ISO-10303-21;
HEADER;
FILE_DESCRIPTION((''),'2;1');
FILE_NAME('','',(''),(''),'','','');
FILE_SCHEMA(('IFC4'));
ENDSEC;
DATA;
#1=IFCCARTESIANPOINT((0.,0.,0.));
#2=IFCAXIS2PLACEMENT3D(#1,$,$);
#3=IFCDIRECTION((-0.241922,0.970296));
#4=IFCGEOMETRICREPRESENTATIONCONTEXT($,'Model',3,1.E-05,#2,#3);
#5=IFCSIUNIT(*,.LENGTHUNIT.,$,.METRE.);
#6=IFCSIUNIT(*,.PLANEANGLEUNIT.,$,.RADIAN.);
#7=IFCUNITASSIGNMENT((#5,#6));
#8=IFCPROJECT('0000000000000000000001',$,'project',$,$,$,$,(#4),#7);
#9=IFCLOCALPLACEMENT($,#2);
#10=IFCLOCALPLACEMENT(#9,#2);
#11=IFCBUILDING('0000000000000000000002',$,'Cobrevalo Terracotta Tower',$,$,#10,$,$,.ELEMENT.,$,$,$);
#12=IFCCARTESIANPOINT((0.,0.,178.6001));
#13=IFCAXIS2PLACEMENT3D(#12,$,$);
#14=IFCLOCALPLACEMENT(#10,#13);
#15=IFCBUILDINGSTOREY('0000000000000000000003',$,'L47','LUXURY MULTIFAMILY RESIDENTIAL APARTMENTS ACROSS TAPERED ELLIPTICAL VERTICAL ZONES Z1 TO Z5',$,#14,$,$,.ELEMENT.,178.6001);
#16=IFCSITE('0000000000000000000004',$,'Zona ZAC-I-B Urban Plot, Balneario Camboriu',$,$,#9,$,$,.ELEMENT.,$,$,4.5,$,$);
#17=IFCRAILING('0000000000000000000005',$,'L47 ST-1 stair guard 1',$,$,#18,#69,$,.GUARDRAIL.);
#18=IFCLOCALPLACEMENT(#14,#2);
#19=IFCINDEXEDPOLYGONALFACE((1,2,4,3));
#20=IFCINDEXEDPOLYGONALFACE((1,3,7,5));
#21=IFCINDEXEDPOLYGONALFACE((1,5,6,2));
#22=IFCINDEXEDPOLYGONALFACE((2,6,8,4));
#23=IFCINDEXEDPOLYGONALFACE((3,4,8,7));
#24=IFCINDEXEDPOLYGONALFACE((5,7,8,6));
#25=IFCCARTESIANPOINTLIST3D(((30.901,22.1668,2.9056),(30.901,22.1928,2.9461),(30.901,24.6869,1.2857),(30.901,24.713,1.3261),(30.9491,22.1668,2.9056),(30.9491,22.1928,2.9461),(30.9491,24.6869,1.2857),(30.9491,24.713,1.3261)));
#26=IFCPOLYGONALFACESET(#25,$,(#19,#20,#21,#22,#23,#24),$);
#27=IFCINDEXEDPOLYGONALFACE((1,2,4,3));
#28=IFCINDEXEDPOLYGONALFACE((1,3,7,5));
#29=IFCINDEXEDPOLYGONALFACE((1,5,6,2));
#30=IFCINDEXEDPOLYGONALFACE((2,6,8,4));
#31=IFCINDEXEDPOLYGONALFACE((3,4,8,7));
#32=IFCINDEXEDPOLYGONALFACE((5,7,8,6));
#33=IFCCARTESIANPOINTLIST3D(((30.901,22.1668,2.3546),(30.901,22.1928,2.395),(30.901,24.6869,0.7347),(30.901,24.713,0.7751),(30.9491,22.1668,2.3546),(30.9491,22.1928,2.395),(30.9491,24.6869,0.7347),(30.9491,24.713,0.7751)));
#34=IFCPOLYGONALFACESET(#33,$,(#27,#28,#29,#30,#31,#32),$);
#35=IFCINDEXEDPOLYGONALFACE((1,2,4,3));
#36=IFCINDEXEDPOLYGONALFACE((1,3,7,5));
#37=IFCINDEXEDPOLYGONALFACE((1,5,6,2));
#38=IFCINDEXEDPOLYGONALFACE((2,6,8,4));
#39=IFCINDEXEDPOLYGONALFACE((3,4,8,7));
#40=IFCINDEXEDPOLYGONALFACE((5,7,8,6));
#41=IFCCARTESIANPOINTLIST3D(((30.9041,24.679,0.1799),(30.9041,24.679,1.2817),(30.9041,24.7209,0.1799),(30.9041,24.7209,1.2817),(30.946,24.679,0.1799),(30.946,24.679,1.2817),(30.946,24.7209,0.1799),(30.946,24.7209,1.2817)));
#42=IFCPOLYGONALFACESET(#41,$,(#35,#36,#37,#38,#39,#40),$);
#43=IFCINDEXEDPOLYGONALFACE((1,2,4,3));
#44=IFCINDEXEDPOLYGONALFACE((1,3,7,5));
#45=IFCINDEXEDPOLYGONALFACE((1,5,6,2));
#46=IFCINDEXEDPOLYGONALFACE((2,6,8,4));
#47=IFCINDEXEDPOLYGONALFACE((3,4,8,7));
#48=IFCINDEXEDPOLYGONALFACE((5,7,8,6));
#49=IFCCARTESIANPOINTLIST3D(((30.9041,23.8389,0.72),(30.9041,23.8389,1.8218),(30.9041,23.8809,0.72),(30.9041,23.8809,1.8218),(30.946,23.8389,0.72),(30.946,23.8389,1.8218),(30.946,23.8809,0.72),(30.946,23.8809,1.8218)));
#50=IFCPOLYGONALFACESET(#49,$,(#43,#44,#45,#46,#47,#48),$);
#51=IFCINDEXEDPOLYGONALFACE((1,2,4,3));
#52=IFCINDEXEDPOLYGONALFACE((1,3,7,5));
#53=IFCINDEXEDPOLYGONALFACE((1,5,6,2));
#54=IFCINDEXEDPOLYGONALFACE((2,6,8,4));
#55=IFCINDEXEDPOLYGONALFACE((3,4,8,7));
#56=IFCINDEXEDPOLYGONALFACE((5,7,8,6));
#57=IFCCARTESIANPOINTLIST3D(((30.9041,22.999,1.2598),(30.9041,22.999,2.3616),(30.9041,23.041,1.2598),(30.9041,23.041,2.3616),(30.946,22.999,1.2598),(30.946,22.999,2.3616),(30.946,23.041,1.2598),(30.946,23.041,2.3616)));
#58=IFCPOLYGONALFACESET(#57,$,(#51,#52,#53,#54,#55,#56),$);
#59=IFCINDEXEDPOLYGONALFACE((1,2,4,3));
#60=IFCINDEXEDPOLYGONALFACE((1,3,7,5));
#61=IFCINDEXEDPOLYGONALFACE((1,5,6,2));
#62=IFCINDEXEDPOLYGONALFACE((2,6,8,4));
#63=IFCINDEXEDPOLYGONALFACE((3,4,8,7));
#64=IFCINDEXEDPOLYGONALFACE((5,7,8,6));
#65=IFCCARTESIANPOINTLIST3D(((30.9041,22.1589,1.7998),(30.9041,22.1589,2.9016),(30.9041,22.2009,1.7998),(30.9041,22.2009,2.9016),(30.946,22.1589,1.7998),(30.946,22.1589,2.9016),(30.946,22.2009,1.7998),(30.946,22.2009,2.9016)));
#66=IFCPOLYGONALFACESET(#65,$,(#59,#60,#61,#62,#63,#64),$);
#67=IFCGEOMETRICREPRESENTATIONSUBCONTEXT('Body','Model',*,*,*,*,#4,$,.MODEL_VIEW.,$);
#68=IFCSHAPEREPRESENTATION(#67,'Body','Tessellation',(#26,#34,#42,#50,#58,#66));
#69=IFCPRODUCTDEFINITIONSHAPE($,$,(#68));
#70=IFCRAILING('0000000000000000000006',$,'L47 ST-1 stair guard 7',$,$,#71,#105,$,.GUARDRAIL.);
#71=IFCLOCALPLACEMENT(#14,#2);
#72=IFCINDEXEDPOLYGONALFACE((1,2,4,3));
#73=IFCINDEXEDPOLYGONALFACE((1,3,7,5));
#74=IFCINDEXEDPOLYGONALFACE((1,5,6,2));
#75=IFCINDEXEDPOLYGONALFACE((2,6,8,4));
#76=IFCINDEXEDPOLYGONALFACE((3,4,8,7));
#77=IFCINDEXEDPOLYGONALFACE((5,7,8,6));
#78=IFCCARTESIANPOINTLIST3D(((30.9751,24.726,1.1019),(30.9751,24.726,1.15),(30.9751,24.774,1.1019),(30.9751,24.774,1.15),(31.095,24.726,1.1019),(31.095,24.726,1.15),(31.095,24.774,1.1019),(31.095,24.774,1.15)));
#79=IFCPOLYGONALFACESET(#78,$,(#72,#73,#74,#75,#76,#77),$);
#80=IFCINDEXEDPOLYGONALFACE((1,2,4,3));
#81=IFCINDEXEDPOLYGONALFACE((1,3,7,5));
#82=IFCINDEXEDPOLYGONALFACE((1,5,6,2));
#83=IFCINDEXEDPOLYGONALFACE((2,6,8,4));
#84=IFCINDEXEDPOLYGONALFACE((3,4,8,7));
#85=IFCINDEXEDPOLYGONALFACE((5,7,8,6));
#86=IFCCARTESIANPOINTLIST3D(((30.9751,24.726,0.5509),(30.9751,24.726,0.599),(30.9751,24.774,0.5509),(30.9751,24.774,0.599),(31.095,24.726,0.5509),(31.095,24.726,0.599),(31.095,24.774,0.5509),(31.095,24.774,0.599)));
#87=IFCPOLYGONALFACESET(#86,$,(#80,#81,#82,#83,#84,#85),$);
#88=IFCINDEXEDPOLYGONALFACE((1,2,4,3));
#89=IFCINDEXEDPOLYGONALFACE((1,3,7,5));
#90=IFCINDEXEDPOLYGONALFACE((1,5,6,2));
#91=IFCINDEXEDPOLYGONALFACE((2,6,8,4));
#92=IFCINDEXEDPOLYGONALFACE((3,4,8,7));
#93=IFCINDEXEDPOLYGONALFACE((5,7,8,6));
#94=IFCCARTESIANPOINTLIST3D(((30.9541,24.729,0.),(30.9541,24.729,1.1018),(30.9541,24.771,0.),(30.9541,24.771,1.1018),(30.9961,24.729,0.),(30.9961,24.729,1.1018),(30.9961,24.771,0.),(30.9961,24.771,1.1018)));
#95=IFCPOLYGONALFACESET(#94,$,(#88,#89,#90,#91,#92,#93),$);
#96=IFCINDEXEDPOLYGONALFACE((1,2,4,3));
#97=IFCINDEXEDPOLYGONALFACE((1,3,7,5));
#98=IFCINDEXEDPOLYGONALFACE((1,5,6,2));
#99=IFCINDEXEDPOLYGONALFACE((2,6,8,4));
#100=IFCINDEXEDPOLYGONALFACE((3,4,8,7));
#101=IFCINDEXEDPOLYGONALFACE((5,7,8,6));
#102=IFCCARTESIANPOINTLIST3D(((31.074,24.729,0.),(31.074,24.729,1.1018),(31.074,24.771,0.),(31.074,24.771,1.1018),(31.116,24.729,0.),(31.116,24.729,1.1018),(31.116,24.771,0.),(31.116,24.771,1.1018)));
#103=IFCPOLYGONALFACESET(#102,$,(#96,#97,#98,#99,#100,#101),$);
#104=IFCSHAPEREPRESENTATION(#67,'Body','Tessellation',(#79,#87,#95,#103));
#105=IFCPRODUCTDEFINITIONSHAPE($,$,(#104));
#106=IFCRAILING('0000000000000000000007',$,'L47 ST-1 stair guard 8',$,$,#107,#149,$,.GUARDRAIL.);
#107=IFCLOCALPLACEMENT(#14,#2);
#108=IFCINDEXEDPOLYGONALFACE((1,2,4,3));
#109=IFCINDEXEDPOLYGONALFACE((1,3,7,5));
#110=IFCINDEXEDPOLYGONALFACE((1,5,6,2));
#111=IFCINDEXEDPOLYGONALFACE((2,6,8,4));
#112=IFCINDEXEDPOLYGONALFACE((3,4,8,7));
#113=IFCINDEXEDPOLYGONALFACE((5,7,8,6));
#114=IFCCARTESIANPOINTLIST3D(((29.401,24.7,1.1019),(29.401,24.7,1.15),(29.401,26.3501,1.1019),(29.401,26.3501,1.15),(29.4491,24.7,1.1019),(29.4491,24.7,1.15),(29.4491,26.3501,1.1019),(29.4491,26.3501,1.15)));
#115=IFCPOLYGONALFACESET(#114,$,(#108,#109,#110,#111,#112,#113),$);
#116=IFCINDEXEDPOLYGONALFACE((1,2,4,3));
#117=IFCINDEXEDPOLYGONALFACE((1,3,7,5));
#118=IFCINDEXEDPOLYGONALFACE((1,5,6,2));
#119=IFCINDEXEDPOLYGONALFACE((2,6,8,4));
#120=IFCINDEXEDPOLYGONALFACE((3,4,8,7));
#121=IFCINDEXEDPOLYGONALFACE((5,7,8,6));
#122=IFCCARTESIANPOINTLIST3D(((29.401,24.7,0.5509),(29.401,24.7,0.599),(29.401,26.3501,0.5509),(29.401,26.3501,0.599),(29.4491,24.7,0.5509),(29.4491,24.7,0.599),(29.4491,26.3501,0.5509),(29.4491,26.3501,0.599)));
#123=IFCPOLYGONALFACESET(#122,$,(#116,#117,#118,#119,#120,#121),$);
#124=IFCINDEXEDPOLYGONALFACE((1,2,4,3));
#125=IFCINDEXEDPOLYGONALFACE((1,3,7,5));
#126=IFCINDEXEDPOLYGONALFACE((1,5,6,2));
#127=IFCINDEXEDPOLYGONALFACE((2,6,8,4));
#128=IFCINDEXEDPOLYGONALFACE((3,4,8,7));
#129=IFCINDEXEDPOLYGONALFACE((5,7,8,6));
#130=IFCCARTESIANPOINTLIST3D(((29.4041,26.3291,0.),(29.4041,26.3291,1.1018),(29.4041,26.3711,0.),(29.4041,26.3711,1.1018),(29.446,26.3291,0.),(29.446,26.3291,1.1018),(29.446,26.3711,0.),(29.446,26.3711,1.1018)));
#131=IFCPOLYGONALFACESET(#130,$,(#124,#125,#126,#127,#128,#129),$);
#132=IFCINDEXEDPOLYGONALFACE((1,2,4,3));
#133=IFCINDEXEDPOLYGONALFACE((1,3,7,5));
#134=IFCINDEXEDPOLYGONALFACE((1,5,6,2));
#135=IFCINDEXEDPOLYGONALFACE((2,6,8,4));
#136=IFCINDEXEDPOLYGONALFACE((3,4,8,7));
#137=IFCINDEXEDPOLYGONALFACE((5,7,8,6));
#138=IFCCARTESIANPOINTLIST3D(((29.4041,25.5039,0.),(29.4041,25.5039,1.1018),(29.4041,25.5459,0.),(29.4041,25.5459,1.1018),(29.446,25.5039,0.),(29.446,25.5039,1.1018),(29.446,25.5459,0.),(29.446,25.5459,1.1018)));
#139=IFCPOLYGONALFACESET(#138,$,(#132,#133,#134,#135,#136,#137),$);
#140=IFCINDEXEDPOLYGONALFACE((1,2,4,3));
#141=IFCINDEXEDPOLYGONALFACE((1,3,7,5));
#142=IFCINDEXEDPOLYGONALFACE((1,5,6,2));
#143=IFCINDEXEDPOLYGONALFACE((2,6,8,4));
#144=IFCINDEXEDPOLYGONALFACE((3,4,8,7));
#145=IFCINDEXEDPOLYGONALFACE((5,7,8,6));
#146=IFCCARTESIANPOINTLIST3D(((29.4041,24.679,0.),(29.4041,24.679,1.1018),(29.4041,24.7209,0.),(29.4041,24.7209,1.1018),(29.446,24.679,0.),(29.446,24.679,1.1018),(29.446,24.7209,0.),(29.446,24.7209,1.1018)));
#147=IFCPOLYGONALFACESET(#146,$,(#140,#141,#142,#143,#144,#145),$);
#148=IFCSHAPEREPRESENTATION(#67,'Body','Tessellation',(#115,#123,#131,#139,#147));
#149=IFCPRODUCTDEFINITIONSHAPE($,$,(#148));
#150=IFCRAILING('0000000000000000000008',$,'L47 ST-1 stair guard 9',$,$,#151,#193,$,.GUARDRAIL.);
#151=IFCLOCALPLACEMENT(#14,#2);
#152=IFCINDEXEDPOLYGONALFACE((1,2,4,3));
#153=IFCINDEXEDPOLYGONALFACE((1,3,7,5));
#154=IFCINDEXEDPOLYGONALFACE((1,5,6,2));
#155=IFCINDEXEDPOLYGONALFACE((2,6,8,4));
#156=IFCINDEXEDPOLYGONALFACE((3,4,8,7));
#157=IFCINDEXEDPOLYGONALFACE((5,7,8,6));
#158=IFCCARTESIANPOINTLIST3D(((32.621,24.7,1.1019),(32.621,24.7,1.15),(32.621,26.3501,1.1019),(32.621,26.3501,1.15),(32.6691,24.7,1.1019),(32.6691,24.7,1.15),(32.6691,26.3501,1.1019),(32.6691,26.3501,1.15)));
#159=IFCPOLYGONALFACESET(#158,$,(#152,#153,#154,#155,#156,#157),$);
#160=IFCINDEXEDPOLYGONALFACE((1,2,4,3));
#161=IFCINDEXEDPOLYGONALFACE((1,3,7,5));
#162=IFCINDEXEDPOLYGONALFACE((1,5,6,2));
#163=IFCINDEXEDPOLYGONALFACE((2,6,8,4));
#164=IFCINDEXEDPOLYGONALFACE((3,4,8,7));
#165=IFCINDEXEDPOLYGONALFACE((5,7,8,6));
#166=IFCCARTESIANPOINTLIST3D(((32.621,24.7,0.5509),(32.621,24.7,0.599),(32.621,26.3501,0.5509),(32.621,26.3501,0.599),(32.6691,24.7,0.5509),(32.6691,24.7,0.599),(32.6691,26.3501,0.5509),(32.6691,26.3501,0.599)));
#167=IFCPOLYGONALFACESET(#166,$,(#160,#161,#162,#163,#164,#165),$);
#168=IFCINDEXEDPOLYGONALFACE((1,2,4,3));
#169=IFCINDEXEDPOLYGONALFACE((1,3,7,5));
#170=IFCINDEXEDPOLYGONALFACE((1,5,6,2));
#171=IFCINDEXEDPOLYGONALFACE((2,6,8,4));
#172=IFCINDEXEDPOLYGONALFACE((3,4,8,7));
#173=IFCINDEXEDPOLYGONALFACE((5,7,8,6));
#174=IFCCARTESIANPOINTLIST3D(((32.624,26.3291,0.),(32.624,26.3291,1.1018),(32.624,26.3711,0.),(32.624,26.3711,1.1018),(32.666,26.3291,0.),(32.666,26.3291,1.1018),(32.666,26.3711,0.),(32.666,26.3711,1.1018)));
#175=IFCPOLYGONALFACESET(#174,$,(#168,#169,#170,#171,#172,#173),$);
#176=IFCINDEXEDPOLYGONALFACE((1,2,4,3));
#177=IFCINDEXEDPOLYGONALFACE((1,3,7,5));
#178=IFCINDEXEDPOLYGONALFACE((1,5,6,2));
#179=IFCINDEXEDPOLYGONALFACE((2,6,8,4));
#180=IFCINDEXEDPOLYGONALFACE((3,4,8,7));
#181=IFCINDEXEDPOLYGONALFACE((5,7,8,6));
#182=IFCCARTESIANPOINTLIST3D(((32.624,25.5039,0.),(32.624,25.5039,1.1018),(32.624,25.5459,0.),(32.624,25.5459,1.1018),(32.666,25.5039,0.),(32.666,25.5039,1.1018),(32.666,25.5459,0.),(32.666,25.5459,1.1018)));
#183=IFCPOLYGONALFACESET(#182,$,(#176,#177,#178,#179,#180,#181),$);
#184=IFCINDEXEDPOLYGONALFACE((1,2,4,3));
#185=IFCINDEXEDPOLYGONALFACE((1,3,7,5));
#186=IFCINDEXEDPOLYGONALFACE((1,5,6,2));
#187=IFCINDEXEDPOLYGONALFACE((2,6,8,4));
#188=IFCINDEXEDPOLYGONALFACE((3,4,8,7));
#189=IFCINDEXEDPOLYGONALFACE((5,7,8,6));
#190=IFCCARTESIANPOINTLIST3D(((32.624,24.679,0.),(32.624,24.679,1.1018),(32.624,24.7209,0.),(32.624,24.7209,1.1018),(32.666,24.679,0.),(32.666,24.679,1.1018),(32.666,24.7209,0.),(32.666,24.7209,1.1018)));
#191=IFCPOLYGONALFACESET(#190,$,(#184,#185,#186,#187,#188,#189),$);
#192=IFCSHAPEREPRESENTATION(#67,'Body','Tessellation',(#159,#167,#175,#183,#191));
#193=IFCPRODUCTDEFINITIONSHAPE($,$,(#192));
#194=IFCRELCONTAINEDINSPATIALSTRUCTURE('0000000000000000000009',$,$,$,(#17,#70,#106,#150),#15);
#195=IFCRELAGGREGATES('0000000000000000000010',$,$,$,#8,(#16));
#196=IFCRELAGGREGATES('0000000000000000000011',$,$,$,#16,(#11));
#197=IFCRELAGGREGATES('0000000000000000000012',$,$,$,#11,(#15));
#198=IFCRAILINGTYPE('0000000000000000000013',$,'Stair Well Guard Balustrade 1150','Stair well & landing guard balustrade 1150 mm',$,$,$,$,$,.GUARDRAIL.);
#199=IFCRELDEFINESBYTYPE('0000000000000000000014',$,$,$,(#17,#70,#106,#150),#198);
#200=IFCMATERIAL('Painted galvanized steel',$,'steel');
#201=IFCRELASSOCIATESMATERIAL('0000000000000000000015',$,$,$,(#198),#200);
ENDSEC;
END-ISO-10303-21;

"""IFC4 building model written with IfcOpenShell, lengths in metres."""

from ifc_helpers import new_model, si_unit, direction, frame, origin, origin_2d, place, context, subcontext, project, spatial, rectangle, extrude, material, type_object, element, save


model = new_model("IFC4")

# Units and contexts
model_context = context("Model", 3, precision=1e-05, world=origin(), true_north=direction((-0.241922, 0.970296)))
body_context = subcontext(model_context, "Body", "Model", "MODEL_VIEW")
ifc_project = project(units=[si_unit("LENGTHUNIT", "METRE"), si_unit("PLANEANGLEUNIT", "RADIAN")], contexts=[model_context])

# Site, building, storey
site_placement = place(None, origin())
site = spatial("IfcSite", under=ifc_project, at=site_placement, Name="Zona ZAC-I-B Urban Plot, Balneario Camboriu", CompositionType="ELEMENT", RefElevation=4.5)
building_placement = place(site_placement, origin())
building = spatial("IfcBuilding", under=site, at=building_placement, Name="Cobrevalo Terracotta Tower", CompositionType="ELEMENT")
storey_placement = place(building_placement, frame((0.0, 0.0, 178.6001)))
storey = spatial("IfcBuildingStorey", under=building, at=storey_placement, Name="L47", Description="LUXURY MULTIFAMILY RESIDENTIAL APARTMENTS ACROSS TAPERED ELLIPTICAL VERTICAL ZONES Z1 TO Z5", CompositionType="ELEMENT", Elevation=178.6001)

# Railings
ifc_material_1 = material(Name="Painted galvanized steel", Category="steel")
railing_type_1 = type_object("IfcRailingType", Name="Stair Well Guard Balustrade 1150", Description="Stair well & landing guard balustrade 1150 mm", PredefinedType="GUARDRAIL", material=ifc_material_1)
railing_1_placement = place(storey_placement, frame((30.925, 24.7, 0.1799)))
element("IfcRailing", 1, at=railing_1_placement, inside=storey, type_object=railing_type_1, Name="L47 ST-1 stair guard 1", PredefinedType="GUARDRAIL", context=body_context, shape_type="SweptSolid", body=[
    extrude(rectangle(XDim=0.0481, YDim=0.0481, at=origin_2d()), frame((0.0, 0.0, 1.126), z_axis=(0.0, -0.8412, 0.540725), x_axis=(1.0, 0.0, 0.0)), (0.0, 0.0, 1.0), 2.9958),
    extrude(rectangle(XDim=0.0481, YDim=0.0481, at=origin_2d()), frame((0.0, 0.0, 0.575), z_axis=(0.0, -0.8412, 0.540725), x_axis=(1.0, 0.0, 0.0)), (0.0, 0.0, 1.0), 2.9958),
    extrude(rectangle(XDim=0.042, YDim=0.042, at=origin_2d()), origin(), (0.0, 0.0, 1.0), 1.1018),
    extrude(rectangle(XDim=0.042, YDim=0.042, at=origin_2d()), frame((0.0, -0.8401, 0.54)), (0.0, 0.0, 1.0), 1.1018),
    extrude(rectangle(XDim=0.042, YDim=0.042, at=origin_2d()), frame((0.0, -1.6799, 1.0798)), (0.0, 0.0, 1.0), 1.1018),
    extrude(rectangle(XDim=0.042, YDim=0.042, at=origin_2d()), frame((0.0, -2.52, 1.6199)), (0.0, 0.0, 1.0), 1.1018),
])
railing_2_placement = place(storey_placement, frame((30.9751, 24.75, 0.0)))
element("IfcRailing", 2, at=railing_2_placement, inside=storey, type_object=railing_type_1, Name="L47 ST-1 stair guard 7", PredefinedType="GUARDRAIL", context=body_context, shape_type="SweptSolid", body=[
    extrude(rectangle(XDim=0.0481, YDim=0.0481, at=origin_2d()), frame((0.0, 0.0, 1.126), z_axis=(1.0, 0.0, 0.0), x_axis=(0.0, 1.0, 0.0)), (0.0, 0.0, 1.0), 0.1199),
    extrude(rectangle(XDim=0.0481, YDim=0.0481, at=origin_2d()), frame((0.0, 0.0, 0.575), z_axis=(1.0, 0.0, 0.0), x_axis=(0.0, 1.0, 0.0)), (0.0, 0.0, 1.0), 0.1199),
    extrude(rectangle(XDim=0.042, YDim=0.042, at=origin_2d()), origin(), (0.0, 0.0, 1.0), 1.1018),
    extrude(rectangle(XDim=0.042, YDim=0.042, at=origin_2d()), frame((0.1199, 0.0, 0.0)), (0.0, 0.0, 1.0), 1.1018),
])
for number, where, name in (
    (3, (29.425, 26.3501, 0.0), "L47 ST-1 stair guard 8"),
    (4, (32.645, 26.3501, 0.0), "L47 ST-1 stair guard 9"),
):
    element("IfcRailing", number, at=place(storey_placement, frame(where)), inside=storey, type_object=railing_type_1, Name=name, PredefinedType="GUARDRAIL", context=body_context, shape_type="SweptSolid", body=[
        extrude(rectangle(XDim=0.0481, YDim=0.0481, at=origin_2d()), frame((0.0, 0.0, 1.126), z_axis=(0.0, -1.0, 0.0), x_axis=(1.0, 0.0, 0.0)), (0.0, 0.0, 1.0), 1.6501),
        extrude(rectangle(XDim=0.0481, YDim=0.0481, at=origin_2d()), frame((0.0, 0.0, 0.575), z_axis=(0.0, -1.0, 0.0), x_axis=(1.0, 0.0, 0.0)), (0.0, 0.0, 1.0), 1.6501),
        extrude(rectangle(XDim=0.042, YDim=0.042, at=origin_2d()), origin(), (0.0, 0.0, 1.0), 1.1018),
        extrude(rectangle(XDim=0.042, YDim=0.042, at=origin_2d()), frame((0.0, -0.8252, 0.0)), (0.0, 0.0, 1.0), 1.1018),
        extrude(rectangle(XDim=0.042, YDim=0.042, at=origin_2d()), frame((0.0, -1.6501, 0.0)), (0.0, 0.0, 1.0), 1.1018),
    ])

save(model, "model.ifc")
